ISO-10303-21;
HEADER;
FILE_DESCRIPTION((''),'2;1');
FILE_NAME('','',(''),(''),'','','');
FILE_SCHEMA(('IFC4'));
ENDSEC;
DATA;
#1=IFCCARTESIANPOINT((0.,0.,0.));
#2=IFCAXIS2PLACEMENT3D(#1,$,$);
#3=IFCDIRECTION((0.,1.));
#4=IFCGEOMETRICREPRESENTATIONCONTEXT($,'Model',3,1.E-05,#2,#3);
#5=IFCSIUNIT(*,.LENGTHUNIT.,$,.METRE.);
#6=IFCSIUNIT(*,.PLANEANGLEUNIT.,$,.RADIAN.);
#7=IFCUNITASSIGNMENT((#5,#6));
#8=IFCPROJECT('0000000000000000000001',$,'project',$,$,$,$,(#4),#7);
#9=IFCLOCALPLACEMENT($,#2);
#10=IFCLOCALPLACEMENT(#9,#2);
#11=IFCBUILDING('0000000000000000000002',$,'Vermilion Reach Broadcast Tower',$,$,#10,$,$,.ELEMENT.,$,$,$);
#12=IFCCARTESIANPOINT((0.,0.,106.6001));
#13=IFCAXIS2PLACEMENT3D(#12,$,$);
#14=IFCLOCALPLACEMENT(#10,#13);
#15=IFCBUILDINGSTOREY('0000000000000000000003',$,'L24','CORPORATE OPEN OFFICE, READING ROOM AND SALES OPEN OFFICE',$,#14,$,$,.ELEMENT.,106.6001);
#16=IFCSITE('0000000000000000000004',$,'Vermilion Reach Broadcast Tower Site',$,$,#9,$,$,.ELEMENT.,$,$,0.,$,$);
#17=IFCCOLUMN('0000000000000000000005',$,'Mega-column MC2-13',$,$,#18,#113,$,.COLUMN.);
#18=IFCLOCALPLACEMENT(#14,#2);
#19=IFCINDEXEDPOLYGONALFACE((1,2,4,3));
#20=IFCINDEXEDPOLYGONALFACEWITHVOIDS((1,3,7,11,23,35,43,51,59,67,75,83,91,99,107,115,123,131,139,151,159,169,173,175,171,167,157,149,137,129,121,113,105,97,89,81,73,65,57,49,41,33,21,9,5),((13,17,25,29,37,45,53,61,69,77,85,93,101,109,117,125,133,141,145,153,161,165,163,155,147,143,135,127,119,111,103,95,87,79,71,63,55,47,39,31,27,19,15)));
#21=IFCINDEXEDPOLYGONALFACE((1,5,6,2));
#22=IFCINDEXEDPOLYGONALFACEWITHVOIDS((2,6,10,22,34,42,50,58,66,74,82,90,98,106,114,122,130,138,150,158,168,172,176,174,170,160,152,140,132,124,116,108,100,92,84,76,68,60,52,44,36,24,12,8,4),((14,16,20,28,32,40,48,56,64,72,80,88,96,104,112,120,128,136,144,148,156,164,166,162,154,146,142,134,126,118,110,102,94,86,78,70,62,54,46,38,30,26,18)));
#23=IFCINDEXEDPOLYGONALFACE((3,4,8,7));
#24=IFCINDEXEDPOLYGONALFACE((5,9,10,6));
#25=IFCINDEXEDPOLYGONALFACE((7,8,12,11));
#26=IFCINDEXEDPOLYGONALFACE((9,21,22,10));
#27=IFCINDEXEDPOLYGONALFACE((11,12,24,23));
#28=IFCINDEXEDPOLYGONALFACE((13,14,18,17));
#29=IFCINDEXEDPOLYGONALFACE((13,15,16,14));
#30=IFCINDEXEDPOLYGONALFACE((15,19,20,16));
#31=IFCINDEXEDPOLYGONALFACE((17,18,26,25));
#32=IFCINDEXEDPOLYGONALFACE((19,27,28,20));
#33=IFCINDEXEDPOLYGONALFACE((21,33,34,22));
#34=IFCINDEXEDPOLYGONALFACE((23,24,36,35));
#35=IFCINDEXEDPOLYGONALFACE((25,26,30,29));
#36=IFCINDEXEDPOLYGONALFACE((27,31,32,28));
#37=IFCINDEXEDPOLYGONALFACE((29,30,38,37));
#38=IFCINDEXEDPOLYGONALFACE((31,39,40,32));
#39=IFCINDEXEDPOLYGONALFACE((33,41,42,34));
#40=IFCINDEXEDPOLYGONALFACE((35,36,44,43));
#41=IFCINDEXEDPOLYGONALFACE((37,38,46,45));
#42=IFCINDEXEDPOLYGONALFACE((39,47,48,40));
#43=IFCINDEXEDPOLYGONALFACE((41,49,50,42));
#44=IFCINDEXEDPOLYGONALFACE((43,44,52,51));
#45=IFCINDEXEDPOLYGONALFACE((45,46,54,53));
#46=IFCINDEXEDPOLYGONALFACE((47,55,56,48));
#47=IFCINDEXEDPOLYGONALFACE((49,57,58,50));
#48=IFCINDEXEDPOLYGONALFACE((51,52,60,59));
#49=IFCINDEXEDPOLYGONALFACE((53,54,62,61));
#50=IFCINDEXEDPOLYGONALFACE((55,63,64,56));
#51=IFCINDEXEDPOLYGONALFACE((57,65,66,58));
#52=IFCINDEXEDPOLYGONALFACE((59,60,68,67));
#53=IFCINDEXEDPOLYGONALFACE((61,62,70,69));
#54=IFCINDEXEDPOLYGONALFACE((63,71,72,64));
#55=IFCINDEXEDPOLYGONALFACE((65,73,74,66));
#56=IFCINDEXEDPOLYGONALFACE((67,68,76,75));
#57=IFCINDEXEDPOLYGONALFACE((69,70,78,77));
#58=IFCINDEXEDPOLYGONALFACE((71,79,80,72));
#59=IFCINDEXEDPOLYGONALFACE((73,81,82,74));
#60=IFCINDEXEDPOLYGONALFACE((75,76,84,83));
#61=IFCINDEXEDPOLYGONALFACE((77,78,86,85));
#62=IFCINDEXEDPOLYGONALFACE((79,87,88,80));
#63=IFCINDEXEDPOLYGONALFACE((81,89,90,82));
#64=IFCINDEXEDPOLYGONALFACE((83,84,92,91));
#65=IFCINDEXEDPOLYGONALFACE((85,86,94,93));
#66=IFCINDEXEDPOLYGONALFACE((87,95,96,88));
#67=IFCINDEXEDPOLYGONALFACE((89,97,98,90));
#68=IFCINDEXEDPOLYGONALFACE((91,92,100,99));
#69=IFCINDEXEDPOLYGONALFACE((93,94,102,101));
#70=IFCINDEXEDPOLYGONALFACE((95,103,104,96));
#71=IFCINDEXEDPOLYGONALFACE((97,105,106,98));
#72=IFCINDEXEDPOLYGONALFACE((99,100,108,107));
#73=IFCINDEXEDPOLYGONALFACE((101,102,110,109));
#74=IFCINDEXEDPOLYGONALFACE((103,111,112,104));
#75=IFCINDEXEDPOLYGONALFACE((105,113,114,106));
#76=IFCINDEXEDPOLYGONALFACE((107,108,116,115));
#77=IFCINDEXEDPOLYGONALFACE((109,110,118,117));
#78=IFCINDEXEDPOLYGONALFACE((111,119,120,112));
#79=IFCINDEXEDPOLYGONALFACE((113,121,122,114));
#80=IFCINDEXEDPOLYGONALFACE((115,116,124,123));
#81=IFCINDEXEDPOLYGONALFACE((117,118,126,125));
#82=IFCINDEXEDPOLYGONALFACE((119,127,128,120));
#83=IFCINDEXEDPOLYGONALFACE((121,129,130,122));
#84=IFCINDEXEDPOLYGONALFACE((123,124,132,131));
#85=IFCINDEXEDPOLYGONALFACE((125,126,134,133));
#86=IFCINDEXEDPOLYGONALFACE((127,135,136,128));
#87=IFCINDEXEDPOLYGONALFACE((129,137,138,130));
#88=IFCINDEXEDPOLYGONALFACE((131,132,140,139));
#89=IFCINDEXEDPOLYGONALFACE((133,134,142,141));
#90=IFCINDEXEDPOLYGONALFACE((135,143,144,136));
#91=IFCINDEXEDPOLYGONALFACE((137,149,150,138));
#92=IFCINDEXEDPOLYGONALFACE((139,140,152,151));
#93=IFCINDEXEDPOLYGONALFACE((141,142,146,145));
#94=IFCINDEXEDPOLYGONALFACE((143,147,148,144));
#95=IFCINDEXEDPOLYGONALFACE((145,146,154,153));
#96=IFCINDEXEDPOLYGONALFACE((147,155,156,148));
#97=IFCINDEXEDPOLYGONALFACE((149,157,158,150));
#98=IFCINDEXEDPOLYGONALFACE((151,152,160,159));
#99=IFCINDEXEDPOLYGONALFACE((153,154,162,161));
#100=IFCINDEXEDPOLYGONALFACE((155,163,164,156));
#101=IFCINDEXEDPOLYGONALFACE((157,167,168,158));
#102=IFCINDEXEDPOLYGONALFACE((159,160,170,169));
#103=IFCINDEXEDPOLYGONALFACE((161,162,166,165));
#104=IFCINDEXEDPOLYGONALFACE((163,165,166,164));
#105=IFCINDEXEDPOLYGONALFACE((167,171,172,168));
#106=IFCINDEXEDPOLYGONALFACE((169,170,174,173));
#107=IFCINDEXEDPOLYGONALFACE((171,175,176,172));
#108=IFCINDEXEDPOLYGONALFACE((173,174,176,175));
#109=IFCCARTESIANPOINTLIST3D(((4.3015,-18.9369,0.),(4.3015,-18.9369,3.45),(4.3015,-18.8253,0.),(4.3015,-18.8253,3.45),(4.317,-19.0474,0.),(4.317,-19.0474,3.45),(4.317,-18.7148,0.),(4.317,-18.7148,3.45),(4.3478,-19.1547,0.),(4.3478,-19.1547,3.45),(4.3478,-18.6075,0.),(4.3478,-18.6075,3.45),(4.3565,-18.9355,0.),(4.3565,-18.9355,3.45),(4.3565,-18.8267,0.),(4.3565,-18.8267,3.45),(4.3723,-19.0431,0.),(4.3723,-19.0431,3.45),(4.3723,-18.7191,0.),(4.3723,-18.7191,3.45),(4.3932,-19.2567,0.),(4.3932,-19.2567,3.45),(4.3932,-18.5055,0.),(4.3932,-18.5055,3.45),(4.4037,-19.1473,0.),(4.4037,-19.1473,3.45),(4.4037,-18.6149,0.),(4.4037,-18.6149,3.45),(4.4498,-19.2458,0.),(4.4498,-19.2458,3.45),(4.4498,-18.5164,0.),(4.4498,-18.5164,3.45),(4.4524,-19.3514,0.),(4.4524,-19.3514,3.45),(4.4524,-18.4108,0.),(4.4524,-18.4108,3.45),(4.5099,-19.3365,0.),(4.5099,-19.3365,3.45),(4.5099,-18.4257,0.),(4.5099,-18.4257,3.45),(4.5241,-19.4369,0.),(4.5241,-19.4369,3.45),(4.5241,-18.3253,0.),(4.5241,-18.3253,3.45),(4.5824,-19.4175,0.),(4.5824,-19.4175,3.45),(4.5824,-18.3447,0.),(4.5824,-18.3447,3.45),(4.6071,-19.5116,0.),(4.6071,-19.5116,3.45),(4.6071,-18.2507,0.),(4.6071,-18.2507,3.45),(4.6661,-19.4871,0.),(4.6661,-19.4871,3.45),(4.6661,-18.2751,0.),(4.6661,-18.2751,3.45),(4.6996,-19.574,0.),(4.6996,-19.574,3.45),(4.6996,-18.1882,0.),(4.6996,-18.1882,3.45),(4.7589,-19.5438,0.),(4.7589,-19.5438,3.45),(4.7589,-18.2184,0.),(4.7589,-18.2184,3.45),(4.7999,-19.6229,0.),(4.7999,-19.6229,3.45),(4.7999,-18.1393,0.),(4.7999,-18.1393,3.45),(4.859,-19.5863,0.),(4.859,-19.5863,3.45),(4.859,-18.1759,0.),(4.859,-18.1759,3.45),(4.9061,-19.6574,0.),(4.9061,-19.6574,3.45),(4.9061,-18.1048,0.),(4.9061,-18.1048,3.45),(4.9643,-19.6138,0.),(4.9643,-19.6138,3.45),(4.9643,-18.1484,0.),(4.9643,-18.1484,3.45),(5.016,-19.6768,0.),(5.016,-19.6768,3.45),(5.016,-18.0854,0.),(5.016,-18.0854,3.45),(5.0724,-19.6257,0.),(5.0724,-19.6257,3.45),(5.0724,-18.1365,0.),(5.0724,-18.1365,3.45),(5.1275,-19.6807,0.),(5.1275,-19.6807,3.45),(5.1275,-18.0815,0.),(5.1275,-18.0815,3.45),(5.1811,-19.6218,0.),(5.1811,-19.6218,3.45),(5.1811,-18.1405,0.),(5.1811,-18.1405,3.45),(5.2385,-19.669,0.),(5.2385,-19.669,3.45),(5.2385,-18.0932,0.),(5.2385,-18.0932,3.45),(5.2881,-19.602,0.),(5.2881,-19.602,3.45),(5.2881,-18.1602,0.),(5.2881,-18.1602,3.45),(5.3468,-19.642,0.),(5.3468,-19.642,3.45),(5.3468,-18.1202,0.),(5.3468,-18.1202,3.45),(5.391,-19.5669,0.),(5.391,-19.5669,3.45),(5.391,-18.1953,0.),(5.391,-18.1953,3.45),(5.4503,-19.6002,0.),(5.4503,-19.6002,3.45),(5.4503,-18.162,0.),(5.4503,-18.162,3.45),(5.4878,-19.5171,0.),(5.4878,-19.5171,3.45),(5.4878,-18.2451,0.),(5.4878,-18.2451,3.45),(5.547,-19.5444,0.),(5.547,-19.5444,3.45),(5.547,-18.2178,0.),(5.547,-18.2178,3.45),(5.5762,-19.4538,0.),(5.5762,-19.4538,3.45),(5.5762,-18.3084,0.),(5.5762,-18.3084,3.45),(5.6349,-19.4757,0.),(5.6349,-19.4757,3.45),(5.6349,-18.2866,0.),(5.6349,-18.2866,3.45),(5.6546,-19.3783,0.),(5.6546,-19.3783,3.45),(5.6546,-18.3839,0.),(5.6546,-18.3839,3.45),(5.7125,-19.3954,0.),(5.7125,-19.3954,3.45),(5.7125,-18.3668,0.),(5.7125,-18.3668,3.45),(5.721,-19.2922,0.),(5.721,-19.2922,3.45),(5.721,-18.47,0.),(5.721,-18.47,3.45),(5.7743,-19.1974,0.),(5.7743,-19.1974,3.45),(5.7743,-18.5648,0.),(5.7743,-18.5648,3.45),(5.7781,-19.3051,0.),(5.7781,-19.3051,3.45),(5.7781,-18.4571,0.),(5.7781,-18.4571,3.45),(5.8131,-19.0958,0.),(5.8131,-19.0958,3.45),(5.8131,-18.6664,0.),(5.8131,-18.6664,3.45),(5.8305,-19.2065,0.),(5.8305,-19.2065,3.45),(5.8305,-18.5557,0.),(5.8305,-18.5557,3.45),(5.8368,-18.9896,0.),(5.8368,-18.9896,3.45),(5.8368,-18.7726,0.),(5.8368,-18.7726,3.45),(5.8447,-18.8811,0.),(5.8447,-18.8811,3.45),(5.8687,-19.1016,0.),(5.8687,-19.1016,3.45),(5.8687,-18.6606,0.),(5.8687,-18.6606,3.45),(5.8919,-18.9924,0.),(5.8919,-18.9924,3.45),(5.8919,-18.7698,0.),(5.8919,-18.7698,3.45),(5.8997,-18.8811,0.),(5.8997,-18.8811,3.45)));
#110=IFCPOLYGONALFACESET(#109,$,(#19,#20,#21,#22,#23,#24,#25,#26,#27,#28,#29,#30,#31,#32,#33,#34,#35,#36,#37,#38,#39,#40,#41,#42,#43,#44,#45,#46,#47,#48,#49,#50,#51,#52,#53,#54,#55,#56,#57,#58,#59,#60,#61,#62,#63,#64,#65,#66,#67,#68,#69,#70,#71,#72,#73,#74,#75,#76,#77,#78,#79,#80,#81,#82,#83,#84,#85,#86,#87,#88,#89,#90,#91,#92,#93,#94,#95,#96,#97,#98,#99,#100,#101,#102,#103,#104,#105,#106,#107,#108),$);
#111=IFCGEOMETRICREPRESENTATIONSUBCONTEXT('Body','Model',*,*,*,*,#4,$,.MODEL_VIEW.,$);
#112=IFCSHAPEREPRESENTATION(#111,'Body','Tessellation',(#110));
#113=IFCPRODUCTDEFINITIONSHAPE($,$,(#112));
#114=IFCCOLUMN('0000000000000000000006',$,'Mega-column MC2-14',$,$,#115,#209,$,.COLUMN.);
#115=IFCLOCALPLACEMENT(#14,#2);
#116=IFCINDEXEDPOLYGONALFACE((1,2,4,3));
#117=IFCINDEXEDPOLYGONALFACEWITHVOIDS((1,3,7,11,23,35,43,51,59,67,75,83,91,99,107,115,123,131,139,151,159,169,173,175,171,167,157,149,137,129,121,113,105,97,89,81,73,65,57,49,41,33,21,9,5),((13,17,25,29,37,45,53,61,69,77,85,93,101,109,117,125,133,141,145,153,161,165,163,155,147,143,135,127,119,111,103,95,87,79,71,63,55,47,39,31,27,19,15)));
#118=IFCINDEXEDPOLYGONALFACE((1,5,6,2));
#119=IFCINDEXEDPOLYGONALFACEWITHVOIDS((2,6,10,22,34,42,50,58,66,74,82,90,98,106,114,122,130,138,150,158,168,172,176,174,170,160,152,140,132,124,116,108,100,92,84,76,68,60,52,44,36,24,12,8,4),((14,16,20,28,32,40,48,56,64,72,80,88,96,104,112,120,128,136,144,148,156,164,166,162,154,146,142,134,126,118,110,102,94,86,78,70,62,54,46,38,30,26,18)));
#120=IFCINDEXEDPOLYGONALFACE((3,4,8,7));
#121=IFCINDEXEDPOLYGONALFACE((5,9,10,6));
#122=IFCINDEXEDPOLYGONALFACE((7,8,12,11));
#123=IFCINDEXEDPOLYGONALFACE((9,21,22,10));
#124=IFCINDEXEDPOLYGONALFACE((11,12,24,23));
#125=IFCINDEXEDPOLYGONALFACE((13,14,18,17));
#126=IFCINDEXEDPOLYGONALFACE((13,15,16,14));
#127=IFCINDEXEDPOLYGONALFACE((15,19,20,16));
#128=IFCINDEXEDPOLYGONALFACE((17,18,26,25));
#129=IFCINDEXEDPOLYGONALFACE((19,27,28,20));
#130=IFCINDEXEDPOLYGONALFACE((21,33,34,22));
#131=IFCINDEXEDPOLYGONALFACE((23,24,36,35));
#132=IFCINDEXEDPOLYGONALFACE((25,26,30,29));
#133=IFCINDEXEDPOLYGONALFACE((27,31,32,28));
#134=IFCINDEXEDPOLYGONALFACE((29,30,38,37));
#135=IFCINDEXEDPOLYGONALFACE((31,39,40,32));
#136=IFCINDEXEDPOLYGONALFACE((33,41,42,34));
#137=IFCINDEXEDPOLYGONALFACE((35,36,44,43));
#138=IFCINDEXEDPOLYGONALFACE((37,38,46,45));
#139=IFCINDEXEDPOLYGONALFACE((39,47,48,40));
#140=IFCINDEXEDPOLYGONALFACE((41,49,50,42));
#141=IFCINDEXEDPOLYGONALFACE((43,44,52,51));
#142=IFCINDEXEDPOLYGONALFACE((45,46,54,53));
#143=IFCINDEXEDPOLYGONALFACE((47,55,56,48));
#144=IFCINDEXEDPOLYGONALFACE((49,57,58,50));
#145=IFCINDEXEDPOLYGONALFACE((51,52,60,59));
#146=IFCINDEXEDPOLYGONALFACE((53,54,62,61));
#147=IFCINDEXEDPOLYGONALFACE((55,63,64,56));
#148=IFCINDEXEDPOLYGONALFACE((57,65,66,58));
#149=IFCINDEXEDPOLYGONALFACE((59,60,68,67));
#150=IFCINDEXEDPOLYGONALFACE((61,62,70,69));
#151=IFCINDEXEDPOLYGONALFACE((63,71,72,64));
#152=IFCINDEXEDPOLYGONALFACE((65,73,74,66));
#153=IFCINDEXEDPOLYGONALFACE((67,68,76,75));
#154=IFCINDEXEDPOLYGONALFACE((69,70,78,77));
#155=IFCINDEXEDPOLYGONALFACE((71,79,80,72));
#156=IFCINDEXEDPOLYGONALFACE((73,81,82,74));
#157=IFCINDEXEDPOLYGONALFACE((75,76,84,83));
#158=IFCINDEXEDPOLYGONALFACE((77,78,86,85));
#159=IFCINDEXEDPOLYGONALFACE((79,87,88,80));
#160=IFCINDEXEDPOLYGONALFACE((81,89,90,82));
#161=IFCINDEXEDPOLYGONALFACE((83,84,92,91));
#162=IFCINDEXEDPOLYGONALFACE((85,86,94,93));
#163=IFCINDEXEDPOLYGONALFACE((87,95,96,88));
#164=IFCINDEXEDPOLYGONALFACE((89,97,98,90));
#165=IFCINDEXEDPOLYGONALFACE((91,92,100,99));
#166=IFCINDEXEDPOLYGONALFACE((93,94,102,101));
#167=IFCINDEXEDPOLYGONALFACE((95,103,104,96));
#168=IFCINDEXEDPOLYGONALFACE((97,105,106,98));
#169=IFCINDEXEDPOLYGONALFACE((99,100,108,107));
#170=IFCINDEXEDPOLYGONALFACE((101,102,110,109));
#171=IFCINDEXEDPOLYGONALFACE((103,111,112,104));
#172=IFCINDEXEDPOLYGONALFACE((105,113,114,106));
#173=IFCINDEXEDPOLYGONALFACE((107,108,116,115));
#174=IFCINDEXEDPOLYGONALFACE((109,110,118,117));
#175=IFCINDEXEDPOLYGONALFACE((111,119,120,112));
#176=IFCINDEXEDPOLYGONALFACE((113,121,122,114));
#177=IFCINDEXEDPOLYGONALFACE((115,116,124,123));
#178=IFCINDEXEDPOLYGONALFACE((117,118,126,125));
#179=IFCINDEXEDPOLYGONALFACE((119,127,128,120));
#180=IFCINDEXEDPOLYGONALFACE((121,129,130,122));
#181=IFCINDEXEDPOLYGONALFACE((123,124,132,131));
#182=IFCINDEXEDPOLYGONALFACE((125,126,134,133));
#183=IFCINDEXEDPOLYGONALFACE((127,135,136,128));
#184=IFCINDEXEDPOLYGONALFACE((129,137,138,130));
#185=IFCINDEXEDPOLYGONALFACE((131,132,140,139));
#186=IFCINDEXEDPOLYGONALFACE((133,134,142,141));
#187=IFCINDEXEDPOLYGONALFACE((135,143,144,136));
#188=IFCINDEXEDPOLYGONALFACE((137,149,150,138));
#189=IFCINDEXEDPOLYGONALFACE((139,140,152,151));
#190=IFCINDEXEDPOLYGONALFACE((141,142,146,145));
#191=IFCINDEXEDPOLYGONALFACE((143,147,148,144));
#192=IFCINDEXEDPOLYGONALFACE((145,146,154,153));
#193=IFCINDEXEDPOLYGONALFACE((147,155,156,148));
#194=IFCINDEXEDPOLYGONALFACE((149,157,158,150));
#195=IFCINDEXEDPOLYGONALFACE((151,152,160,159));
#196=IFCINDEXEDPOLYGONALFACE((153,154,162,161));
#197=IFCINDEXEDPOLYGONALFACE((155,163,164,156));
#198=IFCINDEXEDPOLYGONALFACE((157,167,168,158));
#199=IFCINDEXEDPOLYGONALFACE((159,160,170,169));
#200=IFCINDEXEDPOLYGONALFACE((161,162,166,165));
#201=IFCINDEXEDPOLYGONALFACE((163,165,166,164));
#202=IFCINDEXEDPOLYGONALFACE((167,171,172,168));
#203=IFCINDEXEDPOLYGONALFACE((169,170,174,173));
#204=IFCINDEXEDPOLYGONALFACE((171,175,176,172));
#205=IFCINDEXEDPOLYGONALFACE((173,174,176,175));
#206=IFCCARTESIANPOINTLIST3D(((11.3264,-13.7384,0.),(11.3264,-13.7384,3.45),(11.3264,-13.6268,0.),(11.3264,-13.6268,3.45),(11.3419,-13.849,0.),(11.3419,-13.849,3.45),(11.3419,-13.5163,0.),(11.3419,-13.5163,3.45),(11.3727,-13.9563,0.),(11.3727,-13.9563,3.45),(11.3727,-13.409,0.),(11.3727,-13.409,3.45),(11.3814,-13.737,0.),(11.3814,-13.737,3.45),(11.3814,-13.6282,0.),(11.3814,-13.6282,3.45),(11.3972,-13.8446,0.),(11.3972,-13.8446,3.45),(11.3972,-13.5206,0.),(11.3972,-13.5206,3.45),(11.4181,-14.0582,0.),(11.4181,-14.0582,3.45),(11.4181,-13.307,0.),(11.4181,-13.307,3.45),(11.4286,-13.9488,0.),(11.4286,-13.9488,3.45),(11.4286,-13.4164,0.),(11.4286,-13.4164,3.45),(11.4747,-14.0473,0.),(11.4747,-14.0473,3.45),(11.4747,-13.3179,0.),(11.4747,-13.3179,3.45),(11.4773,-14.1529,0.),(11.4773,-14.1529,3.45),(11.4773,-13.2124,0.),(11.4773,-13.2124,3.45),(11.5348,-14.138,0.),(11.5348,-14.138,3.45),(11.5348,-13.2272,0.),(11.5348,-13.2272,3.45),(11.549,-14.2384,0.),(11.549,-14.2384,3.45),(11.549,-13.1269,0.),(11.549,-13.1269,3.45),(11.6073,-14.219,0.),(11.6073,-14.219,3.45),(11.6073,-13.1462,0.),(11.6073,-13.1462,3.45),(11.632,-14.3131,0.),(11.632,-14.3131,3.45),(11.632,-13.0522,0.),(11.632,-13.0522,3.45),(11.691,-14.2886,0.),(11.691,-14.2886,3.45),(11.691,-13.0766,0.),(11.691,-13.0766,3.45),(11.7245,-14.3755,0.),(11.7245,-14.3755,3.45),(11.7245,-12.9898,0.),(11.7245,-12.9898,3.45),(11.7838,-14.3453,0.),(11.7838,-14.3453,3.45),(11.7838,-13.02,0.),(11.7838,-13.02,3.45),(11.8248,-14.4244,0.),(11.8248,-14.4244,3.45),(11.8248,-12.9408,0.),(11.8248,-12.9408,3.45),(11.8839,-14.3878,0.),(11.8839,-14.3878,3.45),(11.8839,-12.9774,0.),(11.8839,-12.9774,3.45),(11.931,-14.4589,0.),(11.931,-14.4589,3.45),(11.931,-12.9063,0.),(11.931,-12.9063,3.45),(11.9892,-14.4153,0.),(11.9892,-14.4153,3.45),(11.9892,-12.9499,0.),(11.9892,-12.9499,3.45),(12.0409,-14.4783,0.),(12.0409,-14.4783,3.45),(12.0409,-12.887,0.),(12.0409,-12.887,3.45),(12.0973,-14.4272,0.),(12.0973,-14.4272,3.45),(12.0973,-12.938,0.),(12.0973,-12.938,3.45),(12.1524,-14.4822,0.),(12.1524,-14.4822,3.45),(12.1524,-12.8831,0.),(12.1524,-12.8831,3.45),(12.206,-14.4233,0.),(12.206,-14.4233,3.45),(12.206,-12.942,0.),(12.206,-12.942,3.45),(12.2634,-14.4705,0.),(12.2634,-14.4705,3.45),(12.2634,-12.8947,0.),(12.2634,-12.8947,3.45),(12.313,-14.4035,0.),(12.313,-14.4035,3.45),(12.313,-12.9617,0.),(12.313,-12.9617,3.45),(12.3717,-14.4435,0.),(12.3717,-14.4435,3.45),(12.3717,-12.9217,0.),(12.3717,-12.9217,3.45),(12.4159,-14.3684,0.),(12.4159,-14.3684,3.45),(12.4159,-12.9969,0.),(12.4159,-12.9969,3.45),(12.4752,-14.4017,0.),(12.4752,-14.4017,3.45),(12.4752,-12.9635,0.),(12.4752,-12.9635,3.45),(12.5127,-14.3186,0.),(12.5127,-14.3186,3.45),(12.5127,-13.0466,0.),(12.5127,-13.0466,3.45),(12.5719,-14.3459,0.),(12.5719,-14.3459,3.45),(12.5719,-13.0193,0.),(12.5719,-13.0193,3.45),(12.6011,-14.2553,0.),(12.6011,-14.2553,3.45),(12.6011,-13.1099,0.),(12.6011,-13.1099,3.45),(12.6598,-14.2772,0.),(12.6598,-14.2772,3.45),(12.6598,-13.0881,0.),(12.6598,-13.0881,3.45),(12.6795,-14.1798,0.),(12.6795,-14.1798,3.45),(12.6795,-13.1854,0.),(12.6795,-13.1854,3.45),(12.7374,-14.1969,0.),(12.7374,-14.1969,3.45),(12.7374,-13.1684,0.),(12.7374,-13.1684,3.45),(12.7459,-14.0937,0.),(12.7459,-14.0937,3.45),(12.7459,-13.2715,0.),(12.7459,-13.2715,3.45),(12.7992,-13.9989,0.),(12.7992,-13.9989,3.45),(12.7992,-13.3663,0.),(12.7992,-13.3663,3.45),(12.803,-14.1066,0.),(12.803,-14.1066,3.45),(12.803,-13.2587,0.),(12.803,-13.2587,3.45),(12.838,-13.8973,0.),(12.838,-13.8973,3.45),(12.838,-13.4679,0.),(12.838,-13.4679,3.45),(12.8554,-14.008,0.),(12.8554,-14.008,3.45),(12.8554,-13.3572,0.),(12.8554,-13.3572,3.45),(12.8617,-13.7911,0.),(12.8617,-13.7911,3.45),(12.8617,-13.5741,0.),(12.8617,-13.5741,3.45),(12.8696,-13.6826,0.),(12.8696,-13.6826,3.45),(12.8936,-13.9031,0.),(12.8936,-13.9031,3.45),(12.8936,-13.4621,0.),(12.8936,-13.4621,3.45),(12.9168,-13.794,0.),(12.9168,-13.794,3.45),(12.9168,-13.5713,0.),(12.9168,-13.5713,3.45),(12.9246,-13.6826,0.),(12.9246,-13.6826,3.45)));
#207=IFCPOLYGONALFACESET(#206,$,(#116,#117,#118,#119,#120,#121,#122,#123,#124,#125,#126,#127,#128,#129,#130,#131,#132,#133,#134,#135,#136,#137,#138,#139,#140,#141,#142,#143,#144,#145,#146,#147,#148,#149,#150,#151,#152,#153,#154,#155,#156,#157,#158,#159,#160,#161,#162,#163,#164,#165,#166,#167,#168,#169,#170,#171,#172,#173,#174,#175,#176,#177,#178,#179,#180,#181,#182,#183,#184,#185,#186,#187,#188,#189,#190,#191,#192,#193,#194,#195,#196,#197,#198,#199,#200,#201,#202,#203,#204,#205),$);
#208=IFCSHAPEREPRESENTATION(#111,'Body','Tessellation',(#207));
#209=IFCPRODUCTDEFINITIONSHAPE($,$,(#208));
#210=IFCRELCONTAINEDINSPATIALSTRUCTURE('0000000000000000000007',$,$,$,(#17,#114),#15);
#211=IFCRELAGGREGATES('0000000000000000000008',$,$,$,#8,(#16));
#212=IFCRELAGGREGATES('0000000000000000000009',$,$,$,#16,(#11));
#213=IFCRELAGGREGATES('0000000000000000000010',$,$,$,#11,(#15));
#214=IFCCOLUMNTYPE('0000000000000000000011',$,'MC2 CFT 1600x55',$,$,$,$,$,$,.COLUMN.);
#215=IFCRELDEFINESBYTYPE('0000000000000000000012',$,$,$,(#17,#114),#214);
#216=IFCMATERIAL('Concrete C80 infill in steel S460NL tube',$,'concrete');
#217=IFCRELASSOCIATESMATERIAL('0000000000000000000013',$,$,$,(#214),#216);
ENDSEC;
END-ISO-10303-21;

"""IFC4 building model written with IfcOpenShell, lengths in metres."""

from ifc_helpers import new_model, si_unit, direction, frame, origin, origin_2d, place, context, subcontext, project, spatial, hollow_circle, extrude, material, material_profile, profile_set, type_object, element, save


model = new_model("IFC4")

# Units and contexts
model_context = context("Model", 3, precision=1e-05, world=origin(), true_north=direction((0.0, 1.0)))
body_context = subcontext(model_context, "Body", "Model", "MODEL_VIEW")
ifc_project = project(units=[si_unit("LENGTHUNIT", "METRE"), si_unit("PLANEANGLEUNIT", "RADIAN")], contexts=[model_context])

# Site, building, storey
site_placement = place(None, origin())
site = spatial("IfcSite", under=ifc_project, at=site_placement, Name="Vermilion Reach Broadcast Tower Site", CompositionType="ELEMENT", RefElevation=0.0)
building_placement = place(site_placement, origin())
building = spatial("IfcBuilding", under=site, at=building_placement, Name="Vermilion Reach Broadcast Tower", CompositionType="ELEMENT")
storey_placement = place(building_placement, frame((0.0, 0.0, 106.6001)))
storey = spatial("IfcBuildingStorey", under=building, at=storey_placement, Name="L24", Description="CORPORATE OPEN OFFICE, READING ROOM AND SALES OPEN OFFICE", CompositionType="ELEMENT", Elevation=106.6001)

# Columns
ifc_material_1 = material(Name="Concrete C80 infill in steel S460NL tube", Category="concrete")
ifc_material_profile_1 = material_profile(ifc_material_1, hollow_circle(Radius=0.8, WallThickness=0.0549, at=origin_2d()), Name="Concrete C80 infill in steel S460NL tube CFT 1600x55")
ifc_profile_set_1 = profile_set([ifc_material_profile_1], Name="Concrete C80 infill in steel S460NL tube")
column_type = type_object("IfcColumnType", Name="MC2 CFT 1600x55", PredefinedType="COLUMN", material=ifc_profile_set_1)
for number, where, z_axis, x_axis, name in (
    (1, (5.0996, -18.8811, 0.0), (0.0, 0.0, 1.0), (1.0, 0.0, 0.0), "Mega-column MC2-13"),
    (2, (12.1245, -13.6826, 0.0), (0.0, 0.0, 1.0), (1.0, 0.0, 0.0), "Mega-column MC2-14"),
):
    element("IfcColumn", number, at=place(storey_placement, frame(where, z_axis=z_axis, x_axis=x_axis)), inside=storey, type_object=column_type, Name=name, PredefinedType="COLUMN", context=body_context, shape_type="SweptSolid", body=[
        extrude(hollow_circle(Radius=0.8, WallThickness=0.0549, at=origin_2d()), origin(), (0.0, 0.0, 1.0), 3.45),
    ])

save(model, "model.ifc")
